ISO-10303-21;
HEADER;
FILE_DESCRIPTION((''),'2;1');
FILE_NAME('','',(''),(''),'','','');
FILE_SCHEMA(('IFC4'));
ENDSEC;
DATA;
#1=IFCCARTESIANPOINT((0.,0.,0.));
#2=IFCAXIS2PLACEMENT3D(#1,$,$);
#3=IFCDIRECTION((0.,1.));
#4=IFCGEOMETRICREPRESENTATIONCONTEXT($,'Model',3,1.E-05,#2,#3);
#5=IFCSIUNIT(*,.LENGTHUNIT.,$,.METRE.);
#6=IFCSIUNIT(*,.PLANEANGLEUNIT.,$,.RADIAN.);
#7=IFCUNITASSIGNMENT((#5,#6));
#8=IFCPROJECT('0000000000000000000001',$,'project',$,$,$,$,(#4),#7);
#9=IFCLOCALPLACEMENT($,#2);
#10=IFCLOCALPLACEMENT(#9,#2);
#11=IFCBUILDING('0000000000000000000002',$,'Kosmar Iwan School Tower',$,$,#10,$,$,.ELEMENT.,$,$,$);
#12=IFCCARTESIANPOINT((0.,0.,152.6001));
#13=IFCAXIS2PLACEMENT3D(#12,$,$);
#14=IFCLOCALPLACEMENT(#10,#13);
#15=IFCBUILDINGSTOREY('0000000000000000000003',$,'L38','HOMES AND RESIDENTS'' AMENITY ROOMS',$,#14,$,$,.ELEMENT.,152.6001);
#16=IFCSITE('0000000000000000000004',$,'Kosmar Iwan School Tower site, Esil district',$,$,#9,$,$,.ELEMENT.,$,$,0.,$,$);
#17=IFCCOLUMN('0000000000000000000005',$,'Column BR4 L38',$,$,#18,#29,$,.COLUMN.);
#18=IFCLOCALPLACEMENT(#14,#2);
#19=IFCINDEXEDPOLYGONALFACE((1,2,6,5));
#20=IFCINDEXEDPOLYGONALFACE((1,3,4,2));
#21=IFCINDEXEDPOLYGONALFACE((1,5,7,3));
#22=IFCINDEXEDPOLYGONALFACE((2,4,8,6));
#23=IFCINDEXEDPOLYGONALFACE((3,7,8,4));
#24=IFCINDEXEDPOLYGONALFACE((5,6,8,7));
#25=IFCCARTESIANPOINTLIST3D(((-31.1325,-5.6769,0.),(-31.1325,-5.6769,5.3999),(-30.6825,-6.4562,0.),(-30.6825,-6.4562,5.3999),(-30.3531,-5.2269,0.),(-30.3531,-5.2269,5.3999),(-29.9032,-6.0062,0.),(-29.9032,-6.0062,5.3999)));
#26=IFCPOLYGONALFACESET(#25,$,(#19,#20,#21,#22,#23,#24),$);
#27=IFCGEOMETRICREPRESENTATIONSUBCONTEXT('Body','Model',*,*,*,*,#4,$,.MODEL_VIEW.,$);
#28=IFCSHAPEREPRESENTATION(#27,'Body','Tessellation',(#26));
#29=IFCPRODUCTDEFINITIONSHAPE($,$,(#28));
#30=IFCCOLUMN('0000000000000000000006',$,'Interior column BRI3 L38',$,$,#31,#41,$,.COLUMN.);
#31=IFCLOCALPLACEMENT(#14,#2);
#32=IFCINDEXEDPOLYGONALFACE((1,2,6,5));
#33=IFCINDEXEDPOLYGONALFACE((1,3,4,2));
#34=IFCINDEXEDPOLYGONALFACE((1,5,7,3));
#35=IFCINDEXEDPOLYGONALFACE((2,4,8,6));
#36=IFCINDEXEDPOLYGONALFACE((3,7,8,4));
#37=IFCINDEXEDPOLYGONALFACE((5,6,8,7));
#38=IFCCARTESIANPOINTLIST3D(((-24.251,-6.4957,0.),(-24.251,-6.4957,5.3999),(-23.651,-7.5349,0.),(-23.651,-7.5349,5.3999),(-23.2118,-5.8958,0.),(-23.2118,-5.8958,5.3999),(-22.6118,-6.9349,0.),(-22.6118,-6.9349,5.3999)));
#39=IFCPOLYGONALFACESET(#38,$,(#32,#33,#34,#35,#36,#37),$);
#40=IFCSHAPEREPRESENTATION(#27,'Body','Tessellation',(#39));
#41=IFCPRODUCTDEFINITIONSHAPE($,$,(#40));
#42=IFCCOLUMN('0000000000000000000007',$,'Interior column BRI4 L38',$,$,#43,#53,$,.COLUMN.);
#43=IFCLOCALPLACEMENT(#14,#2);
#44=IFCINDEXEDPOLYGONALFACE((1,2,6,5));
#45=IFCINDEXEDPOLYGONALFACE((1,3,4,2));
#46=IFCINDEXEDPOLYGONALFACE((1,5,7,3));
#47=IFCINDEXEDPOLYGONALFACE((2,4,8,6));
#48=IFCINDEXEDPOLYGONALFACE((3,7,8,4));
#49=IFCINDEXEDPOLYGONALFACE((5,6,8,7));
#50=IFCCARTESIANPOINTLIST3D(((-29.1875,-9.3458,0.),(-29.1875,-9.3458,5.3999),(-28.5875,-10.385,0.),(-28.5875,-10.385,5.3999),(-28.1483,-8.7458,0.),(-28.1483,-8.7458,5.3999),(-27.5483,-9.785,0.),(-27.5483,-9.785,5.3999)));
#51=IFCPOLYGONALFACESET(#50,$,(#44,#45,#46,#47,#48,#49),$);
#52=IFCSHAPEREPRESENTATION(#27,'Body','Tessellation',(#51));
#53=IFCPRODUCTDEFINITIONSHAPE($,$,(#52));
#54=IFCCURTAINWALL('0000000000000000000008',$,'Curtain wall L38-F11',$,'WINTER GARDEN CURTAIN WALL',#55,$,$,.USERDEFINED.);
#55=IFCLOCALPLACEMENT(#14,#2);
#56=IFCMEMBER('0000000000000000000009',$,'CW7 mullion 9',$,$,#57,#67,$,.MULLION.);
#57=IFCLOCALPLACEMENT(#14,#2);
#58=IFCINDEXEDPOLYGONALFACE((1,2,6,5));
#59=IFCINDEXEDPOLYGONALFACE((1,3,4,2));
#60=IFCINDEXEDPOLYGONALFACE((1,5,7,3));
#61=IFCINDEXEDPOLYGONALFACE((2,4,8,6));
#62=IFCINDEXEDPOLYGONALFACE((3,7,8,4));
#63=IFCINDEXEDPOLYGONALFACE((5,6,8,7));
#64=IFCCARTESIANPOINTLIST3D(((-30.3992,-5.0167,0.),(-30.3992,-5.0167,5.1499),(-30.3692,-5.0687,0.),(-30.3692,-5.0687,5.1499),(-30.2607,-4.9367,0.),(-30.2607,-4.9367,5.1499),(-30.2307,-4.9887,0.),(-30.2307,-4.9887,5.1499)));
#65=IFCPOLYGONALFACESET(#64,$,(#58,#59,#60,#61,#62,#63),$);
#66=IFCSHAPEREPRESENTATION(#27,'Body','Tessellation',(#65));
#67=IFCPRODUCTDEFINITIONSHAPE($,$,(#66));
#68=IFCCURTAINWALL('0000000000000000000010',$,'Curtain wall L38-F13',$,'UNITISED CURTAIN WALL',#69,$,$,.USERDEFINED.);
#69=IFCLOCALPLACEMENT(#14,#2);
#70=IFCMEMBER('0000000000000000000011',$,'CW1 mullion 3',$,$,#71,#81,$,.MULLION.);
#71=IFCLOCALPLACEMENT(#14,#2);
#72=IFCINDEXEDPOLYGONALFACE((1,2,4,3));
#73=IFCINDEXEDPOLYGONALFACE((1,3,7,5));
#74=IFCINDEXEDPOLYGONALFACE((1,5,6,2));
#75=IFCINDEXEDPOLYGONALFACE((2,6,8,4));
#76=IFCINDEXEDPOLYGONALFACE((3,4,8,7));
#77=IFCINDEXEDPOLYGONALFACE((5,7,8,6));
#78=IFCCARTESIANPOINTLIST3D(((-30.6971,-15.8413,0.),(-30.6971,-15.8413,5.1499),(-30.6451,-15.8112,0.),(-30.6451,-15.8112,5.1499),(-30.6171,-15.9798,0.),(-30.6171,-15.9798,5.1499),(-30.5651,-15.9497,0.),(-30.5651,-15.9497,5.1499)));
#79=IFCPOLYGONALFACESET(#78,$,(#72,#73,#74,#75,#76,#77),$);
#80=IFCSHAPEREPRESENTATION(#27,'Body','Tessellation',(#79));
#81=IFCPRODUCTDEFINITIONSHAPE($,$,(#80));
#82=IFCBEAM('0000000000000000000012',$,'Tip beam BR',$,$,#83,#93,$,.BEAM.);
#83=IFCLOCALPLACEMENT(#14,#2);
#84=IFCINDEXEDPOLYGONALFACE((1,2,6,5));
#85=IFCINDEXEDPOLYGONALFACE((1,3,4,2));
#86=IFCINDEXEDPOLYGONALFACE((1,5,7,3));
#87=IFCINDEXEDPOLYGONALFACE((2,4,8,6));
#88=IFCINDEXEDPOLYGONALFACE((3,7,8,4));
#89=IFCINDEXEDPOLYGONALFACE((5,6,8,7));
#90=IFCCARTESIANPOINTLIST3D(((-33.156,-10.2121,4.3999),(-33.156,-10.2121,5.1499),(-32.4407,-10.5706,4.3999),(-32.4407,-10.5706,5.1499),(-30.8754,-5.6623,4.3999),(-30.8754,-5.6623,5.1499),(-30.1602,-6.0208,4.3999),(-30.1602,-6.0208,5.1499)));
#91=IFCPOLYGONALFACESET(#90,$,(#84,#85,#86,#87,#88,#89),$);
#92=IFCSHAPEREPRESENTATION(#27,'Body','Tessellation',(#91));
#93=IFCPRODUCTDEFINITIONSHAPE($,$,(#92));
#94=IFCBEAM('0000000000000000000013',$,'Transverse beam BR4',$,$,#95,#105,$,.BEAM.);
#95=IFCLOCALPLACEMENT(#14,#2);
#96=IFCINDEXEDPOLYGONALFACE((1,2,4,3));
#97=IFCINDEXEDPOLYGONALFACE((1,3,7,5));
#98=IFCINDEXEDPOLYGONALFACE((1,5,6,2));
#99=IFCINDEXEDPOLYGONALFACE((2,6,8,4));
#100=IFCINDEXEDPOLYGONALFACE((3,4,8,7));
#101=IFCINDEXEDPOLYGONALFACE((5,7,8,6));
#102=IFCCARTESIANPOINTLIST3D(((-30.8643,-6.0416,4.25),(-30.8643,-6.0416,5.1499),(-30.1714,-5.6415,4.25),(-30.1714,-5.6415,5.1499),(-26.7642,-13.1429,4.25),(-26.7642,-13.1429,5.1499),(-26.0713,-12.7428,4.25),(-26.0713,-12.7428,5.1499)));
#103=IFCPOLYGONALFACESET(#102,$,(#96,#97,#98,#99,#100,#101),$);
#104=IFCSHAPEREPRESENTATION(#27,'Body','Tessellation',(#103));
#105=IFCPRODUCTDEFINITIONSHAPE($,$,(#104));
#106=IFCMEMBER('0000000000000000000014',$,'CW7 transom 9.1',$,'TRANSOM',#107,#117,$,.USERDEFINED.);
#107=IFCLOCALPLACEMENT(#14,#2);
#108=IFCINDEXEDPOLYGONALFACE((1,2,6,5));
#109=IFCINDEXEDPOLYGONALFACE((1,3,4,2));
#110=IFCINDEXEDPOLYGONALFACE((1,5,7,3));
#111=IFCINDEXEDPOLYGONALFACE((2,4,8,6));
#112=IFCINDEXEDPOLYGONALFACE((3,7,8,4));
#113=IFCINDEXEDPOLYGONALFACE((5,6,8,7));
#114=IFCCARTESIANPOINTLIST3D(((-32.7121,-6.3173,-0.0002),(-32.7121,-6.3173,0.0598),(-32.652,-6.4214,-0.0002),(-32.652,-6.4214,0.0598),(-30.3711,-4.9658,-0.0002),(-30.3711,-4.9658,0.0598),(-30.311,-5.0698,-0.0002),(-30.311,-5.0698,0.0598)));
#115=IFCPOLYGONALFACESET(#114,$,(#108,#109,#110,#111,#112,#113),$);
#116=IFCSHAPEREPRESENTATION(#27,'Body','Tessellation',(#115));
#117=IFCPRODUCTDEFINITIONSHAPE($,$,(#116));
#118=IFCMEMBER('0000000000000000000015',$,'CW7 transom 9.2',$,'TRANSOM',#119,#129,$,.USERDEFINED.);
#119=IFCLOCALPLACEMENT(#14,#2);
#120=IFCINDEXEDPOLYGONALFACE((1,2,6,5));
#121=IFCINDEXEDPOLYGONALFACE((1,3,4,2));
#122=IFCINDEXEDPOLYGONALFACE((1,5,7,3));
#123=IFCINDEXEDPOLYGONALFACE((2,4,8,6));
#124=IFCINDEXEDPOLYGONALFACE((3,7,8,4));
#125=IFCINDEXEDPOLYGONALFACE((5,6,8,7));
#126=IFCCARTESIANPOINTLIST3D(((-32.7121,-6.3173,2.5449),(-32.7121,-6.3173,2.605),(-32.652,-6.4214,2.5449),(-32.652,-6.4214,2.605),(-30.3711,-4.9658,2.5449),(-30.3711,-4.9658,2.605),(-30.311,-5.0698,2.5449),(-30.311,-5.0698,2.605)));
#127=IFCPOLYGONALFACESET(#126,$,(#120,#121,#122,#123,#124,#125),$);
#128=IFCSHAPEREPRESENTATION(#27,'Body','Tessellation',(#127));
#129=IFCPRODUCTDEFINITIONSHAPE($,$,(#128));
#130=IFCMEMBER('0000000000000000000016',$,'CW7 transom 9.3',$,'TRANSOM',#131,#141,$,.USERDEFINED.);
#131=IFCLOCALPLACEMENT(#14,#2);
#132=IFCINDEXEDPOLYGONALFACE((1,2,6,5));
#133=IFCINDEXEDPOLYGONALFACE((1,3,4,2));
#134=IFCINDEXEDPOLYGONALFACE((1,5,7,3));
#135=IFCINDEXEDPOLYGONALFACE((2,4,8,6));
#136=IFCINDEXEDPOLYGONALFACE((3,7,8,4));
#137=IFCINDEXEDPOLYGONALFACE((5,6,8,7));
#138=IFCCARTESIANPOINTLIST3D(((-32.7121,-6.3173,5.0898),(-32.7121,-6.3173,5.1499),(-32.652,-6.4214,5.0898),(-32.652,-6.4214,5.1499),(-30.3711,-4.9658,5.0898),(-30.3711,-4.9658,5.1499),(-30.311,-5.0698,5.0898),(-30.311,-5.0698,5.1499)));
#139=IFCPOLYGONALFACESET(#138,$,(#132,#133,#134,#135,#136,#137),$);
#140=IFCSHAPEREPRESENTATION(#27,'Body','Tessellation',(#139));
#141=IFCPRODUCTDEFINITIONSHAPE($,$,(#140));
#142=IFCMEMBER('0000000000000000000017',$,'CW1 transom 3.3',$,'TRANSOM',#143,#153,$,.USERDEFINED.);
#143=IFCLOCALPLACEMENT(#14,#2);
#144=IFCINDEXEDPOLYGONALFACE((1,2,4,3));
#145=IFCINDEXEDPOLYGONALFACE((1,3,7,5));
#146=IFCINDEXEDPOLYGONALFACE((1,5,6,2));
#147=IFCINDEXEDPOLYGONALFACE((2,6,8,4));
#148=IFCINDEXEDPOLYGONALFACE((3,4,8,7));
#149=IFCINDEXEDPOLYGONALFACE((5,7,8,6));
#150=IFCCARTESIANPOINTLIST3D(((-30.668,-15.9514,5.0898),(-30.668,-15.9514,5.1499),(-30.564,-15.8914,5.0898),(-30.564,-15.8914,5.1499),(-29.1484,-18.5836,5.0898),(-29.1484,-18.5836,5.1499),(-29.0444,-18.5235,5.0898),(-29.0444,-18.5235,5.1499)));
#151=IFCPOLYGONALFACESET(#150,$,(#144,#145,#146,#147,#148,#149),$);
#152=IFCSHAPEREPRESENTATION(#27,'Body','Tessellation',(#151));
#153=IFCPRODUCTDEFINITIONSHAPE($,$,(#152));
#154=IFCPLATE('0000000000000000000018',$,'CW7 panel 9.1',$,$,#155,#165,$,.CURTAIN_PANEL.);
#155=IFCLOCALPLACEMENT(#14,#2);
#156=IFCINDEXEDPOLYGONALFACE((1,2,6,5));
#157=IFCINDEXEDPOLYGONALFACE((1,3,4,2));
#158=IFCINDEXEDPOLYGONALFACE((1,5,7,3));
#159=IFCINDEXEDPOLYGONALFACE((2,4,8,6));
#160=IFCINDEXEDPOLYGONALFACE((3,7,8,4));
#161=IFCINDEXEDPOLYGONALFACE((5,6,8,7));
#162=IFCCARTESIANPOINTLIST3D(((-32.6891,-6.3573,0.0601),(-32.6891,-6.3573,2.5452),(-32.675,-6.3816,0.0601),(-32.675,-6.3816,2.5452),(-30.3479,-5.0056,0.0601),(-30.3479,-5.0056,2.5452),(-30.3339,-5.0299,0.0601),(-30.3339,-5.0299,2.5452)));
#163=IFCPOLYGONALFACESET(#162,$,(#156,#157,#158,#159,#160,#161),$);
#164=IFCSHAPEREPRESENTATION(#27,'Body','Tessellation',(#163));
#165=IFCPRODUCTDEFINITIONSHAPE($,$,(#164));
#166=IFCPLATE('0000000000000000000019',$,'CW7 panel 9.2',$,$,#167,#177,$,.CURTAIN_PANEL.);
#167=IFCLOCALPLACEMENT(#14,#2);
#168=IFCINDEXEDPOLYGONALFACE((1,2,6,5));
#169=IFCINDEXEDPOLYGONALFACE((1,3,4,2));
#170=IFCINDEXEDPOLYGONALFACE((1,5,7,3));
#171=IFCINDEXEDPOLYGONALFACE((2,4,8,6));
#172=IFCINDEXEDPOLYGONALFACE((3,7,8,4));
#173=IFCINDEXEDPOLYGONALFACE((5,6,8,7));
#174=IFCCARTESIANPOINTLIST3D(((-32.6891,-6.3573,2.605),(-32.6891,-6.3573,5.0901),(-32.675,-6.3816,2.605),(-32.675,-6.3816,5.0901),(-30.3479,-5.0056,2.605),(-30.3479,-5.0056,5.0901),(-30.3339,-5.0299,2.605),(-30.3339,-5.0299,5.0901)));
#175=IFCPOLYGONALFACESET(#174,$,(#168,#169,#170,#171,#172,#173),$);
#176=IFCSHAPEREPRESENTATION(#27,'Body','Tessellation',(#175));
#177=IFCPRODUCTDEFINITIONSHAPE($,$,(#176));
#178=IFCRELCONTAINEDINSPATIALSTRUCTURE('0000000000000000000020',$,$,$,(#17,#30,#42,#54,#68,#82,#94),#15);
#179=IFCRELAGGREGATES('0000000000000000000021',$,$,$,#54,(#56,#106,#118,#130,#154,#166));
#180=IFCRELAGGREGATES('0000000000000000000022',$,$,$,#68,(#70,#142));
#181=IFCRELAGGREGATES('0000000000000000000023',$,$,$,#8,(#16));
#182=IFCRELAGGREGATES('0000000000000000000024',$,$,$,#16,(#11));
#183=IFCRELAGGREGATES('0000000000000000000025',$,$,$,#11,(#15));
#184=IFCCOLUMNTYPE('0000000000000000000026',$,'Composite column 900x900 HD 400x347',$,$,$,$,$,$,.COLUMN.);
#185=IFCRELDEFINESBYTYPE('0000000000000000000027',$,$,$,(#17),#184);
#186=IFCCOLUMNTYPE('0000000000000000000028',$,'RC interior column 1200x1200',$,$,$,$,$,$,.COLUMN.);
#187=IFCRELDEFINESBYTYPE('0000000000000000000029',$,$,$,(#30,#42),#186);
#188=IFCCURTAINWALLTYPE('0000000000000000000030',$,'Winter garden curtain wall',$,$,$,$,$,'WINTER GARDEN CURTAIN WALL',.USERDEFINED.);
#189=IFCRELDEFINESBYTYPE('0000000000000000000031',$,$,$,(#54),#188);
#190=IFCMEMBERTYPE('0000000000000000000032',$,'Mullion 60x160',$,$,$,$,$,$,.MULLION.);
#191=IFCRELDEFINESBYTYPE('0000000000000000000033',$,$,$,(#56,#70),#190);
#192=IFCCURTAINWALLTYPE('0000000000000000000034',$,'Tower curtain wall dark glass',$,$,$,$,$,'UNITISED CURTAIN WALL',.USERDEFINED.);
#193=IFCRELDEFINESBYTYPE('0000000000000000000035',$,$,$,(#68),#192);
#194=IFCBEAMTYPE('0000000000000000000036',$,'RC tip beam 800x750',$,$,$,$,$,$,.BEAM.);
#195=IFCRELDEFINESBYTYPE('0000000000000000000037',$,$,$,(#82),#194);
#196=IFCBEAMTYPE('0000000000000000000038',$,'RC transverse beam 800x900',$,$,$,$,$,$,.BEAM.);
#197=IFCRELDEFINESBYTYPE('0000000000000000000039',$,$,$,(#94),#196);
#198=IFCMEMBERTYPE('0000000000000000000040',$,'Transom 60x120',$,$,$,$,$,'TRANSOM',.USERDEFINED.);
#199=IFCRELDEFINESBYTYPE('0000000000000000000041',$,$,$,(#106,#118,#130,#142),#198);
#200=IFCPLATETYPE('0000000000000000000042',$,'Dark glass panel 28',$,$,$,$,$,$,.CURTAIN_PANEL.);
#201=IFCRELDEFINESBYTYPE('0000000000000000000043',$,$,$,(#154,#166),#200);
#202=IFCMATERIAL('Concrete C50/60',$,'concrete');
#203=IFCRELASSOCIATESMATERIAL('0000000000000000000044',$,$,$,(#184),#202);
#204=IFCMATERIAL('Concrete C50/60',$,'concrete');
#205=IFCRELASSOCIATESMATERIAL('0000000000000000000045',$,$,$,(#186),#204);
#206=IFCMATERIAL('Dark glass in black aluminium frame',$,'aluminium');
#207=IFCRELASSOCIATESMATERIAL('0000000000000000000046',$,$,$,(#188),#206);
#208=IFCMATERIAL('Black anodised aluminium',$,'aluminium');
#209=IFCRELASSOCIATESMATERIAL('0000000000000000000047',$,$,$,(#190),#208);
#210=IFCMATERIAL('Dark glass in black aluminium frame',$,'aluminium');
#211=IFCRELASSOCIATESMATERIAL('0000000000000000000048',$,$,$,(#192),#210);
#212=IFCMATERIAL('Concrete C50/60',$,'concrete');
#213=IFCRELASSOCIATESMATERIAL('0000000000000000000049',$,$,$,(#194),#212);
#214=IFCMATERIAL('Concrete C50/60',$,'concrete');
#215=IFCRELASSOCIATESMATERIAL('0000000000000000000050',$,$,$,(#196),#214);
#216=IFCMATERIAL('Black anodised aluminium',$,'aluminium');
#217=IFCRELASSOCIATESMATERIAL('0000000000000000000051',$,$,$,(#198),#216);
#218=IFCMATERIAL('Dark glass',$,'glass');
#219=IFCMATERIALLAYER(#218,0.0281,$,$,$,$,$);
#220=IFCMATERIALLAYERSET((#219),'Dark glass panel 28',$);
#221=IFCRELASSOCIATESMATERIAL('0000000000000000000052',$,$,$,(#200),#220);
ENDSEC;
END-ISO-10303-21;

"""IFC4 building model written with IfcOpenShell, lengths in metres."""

from ifc_helpers import new_model, si_unit, direction, frame, origin, origin_2d, place, context, subcontext, project, spatial, rectangle, extrude, material, layer, layer_set, material_profile, profile_set, type_object, element, aggregate, save


model = new_model("IFC4")

# Units and contexts
model_context = context("Model", 3, precision=1e-05, world=origin(), true_north=direction((0.0, 1.0)))
body_context = subcontext(model_context, "Body", "Model", "MODEL_VIEW")
ifc_project = project(units=[si_unit("LENGTHUNIT", "METRE"), si_unit("PLANEANGLEUNIT", "RADIAN")], contexts=[model_context])

# Site, building, storey
site_placement = place(None, origin())
site = spatial("IfcSite", under=ifc_project, at=site_placement, Name="Kosmar Iwan School Tower site, Esil district", CompositionType="ELEMENT", RefElevation=0.0)
building_placement = place(site_placement, origin())
building = spatial("IfcBuilding", under=site, at=building_placement, Name="Kosmar Iwan School Tower", CompositionType="ELEMENT")
storey_placement = place(building_placement, frame((0.0, 0.0, 152.6001)))
storey = spatial("IfcBuildingStorey", under=building, at=storey_placement, Name="L38", Description="HOMES AND RESIDENTS' AMENITY ROOMS", CompositionType="ELEMENT", Elevation=152.6001)

# Columns
ifc_material_1 = material(Name="Concrete C50/60", Category="concrete")
ifc_material_profile_1 = material_profile(ifc_material_1, rectangle(XDim=0.8999, YDim=0.8999, at=origin_2d()), Name="RC 900x900 + HD 400x347")
ifc_profile_set_1 = profile_set([ifc_material_profile_1], Name="Concrete C50/60")
column_type_1 = type_object("IfcColumnType", Name="Composite column 900x900 HD 400x347", PredefinedType="COLUMN", material=ifc_profile_set_1)
column_placement = place(storey_placement, frame((-30.5178, -5.8416, 0.0), z_axis=(0.0, 0.0, 1.0), x_axis=(-0.866025, -0.5, 0.0)))
element("IfcColumn", 1, at=column_placement, inside=storey, type_object=column_type_1, Name="Column BR4 L38", PredefinedType="COLUMN", context=body_context, shape_type="SweptSolid", body=[
    extrude(rectangle(XDim=0.8999, YDim=0.8999, at=origin_2d()), origin(), (0.0, 0.0, 1.0), 5.3999),
])
ifc_material_2 = material(Name="Concrete C50/60", Category="concrete")
ifc_material_profile_2 = material_profile(ifc_material_2, rectangle(XDim=1.2, YDim=1.2, at=origin_2d()), Name="RC 1200x1200")
ifc_profile_set_2 = profile_set([ifc_material_profile_2], Name="Concrete C50/60")
column_type_2 = type_object("IfcColumnType", Name="RC interior column 1200x1200", PredefinedType="COLUMN", material=ifc_profile_set_2)
for number, where, z_axis, x_axis, name in (
    (2, (-23.4314, -6.7153, 0.0), (0.0, 0.0, 1.0), (-0.866025, -0.5, 0.0), "Interior column BRI3 L38"),
    (3, (-28.3679, -9.5654, 0.0), (0.0, 0.0, 1.0), (-0.866025, -0.5, 0.0), "Interior column BRI4 L38"),
):
    element("IfcColumn", number, at=place(storey_placement, frame(where, z_axis=z_axis, x_axis=x_axis)), inside=storey, type_object=column_type_2, Name=name, PredefinedType="COLUMN", context=body_context, shape_type="SweptSolid", body=[
        extrude(rectangle(XDim=1.2, YDim=1.2, at=origin_2d()), origin(), (0.0, 0.0, 1.0), 5.3999),
    ])

# Curtain walls, members
ifc_material_3 = material(Name="Dark glass in black aluminium frame", Category="aluminium")
curtain_wall_type_1 = type_object("IfcCurtainWallType", Name="Winter garden curtain wall", ElementType="WINTER GARDEN CURTAIN WALL", PredefinedType="USERDEFINED", material=ifc_material_3)
curtain_wall_1_placement = place(storey_placement, origin())
curtain_wall_1 = element("IfcCurtainWall", 4, at=curtain_wall_1_placement, inside=storey, type_object=curtain_wall_type_1, Name="Curtain wall L38-F11", ObjectType="WINTER GARDEN CURTAIN WALL", PredefinedType="USERDEFINED")
ifc_material_4 = material(Name="Black anodised aluminium", Category="aluminium")
ifc_material_profile_3 = material_profile(ifc_material_4, rectangle(XDim=0.0601, YDim=0.1599, at=origin_2d()), Name="MULLION 60x160")
ifc_profile_set_3 = profile_set([ifc_material_profile_3], Name="Black anodised aluminium")
member_type_1 = type_object("IfcMemberType", Name="Mullion 60x160", PredefinedType="MULLION", material=ifc_profile_set_3)
member_1_placement = place(storey_placement, frame((-30.3149, -5.0027, 0.0), z_axis=(0.0, 0.0, 1.0), x_axis=(0.5, -0.866025, 0.0)))
member_1 = element("IfcMember", 5, at=member_1_placement, type_object=member_type_1, Name="CW7 mullion 9", PredefinedType="MULLION", context=body_context, shape_type="SweptSolid", body=[
    extrude(rectangle(XDim=0.0601, YDim=0.1599, at=origin_2d()), origin(), (0.0, 0.0, 1.0), 5.1499),
])
ifc_material_5 = material(Name="Dark glass in black aluminium frame", Category="aluminium")
curtain_wall_type_2 = type_object("IfcCurtainWallType", Name="Tower curtain wall dark glass", ElementType="UNITISED CURTAIN WALL", PredefinedType="USERDEFINED", material=ifc_material_5)
curtain_wall_2_placement = place(storey_placement, origin())
curtain_wall_2 = element("IfcCurtainWall", 6, at=curtain_wall_2_placement, inside=storey, type_object=curtain_wall_type_2, Name="Curtain wall L38-F13", ObjectType="UNITISED CURTAIN WALL", PredefinedType="USERDEFINED")
member_2_placement = place(storey_placement, frame((-30.6311, -15.8955, 0.0), z_axis=(0.0, 0.0, 1.0), x_axis=(0.866025, 0.5, 0.0)))
member_2 = element("IfcMember", 7, at=member_2_placement, type_object=member_type_1, Name="CW1 mullion 3", PredefinedType="MULLION", context=body_context, shape_type="SweptSolid", body=[
    extrude(rectangle(XDim=0.0601, YDim=0.1599, at=origin_2d()), origin(), (0.0, 0.0, 1.0), 5.1499),
])

# Beams
ifc_material_6 = material(Name="Concrete C50/60", Category="concrete")
ifc_material_profile_4 = material_profile(ifc_material_6, rectangle(XDim=0.8, YDim=0.75, at=origin_2d()), Name="RC 800x750")
ifc_profile_set_4 = profile_set([ifc_material_profile_4], Name="Concrete C50/60")
beam_type_1 = type_object("IfcBeamType", Name="RC tip beam 800x750", PredefinedType="BEAM", material=ifc_profile_set_4)
beam_1_placement = place(storey_placement, frame((-30.5178, -5.8416, 4.7749), z_axis=(-0.448096, -0.893985, 0.0), x_axis=(0.893985, -0.448096, 0.0)))
element("IfcBeam", 8, at=beam_1_placement, inside=storey, type_object=beam_type_1, Name="Tip beam BR", PredefinedType="BEAM", context=body_context, shape_type="SweptSolid", body=[
    extrude(rectangle(XDim=0.8, YDim=0.75, at=origin_2d()), origin(), (0.0, 0.0, 1.0), 5.0894),
])
ifc_material_7 = material(Name="Concrete C50/60", Category="concrete")
ifc_material_profile_5 = material_profile(ifc_material_7, rectangle(XDim=0.8, YDim=0.8999, at=origin_2d()), Name="RC 800x900")
ifc_profile_set_5 = profile_set([ifc_material_profile_5], Name="Concrete C50/60")
beam_type_2 = type_object("IfcBeamType", Name="RC transverse beam 800x900", PredefinedType="BEAM", material=ifc_profile_set_5)
beam_2_placement = place(storey_placement, frame((-30.5178, -5.8416, 4.7), z_axis=(0.500014, -0.866018, 0.0), x_axis=(0.866018, 0.500014, 0.0)))
element("IfcBeam", 9, at=beam_2_placement, inside=storey, type_object=beam_type_2, Name="Transverse beam BR4", PredefinedType="BEAM", context=body_context, shape_type="SweptSolid", body=[
    extrude(rectangle(XDim=0.8, YDim=0.8999, at=origin_2d()), origin(), (0.0, 0.0, 1.0), 8.2),
])

# Members
ifc_material_8 = material(Name="Black anodised aluminium", Category="aluminium")
ifc_material_profile_6 = material_profile(ifc_material_8, rectangle(XDim=0.1201, YDim=0.0601, at=origin_2d()), Name="TRANSOM 60x120")
ifc_profile_set_6 = profile_set([ifc_material_profile_6], Name="Black anodised aluminium")
member_type_2 = type_object("IfcMemberType", Name="Transom 60x120", ElementType="TRANSOM", PredefinedType="USERDEFINED", material=ifc_profile_set_6)
member_3_placement = place(storey_placement, frame((-30.3411, -5.0178, 0.0298), z_axis=(-0.866034, -0.499986, 0.0), x_axis=(0.499986, -0.866034, 0.0)))
member_3 = element("IfcMember", 10, at=member_3_placement, type_object=member_type_2, Name="CW7 transom 9.1", ObjectType="TRANSOM", PredefinedType="USERDEFINED", context=body_context, shape_type="SweptSolid", body=[
    extrude(rectangle(XDim=0.1201, YDim=0.0601, at=origin_2d()), origin(), (0.0, 0.0, 1.0), 2.7031),
])
member_4_placement = place(storey_placement, frame((-30.3411, -5.0178, 2.575), z_axis=(-0.866034, -0.499986, 0.0), x_axis=(0.499986, -0.866034, 0.0)))
member_4 = element("IfcMember", 11, at=member_4_placement, type_object=member_type_2, Name="CW7 transom 9.2", ObjectType="TRANSOM", PredefinedType="USERDEFINED", context=body_context, shape_type="SweptSolid", body=[
    extrude(rectangle(XDim=0.1201, YDim=0.0601, at=origin_2d()), origin(), (0.0, 0.0, 1.0), 2.7031),
])
member_5_placement = place(storey_placement, frame((-30.3411, -5.0178, 5.1199), z_axis=(-0.866034, -0.499986, 0.0), x_axis=(0.499986, -0.866034, 0.0)))
member_5 = element("IfcMember", 12, at=member_5_placement, type_object=member_type_2, Name="CW7 transom 9.3", ObjectType="TRANSOM", PredefinedType="USERDEFINED", context=body_context, shape_type="SweptSolid", body=[
    extrude(rectangle(XDim=0.1201, YDim=0.0601, at=origin_2d()), origin(), (0.0, 0.0, 1.0), 2.7031),
])
member_6_placement = place(storey_placement, frame((-30.616, -15.9214, 5.1199), z_axis=(0.499975, -0.86604, 0.0), x_axis=(0.86604, 0.499975, 0.0)))
member_6 = element("IfcMember", 13, at=member_6_placement, type_object=member_type_2, Name="CW1 transom 3.3", ObjectType="TRANSOM", PredefinedType="USERDEFINED", context=body_context, shape_type="SweptSolid", body=[
    extrude(rectangle(XDim=0.1201, YDim=0.0601, at=origin_2d()), origin(), (0.0, 0.0, 1.0), 3.0393),
])

# Plates
ifc_material_9 = material(Name="Dark glass", Category="glass")
ifc_layer_1 = layer(ifc_material_9, 0.0281)
ifc_layer_set_1 = layer_set([ifc_layer_1], Name="Dark glass panel 28")
plate_type = type_object("IfcPlateType", Name="Dark glass panel 28", PredefinedType="CURTAIN_PANEL", material=ifc_layer_set_1)
plate_1_placement = place(storey_placement, frame((-31.5115, -5.6936, 0.0601), z_axis=(0.0, 0.0, 1.0), x_axis=(-0.866025, -0.5, 0.0)))
plate_1 = element("IfcPlate", 14, at=plate_1_placement, type_object=plate_type, Name="CW7 panel 9.1", PredefinedType="CURTAIN_PANEL", context=body_context, shape_type="SweptSolid", body=[
    extrude(rectangle(XDim=2.7034, YDim=0.0281, at=origin_2d()), origin(), (0.0, 0.0, 1.0), 2.4851),
])
plate_2_placement = place(storey_placement, frame((-31.5115, -5.6936, 2.605), z_axis=(0.0, 0.0, 1.0), x_axis=(-0.866025, -0.5, 0.0)))
plate_2 = element("IfcPlate", 15, at=plate_2_placement, type_object=plate_type, Name="CW7 panel 9.2", PredefinedType="CURTAIN_PANEL", context=body_context, shape_type="SweptSolid", body=[
    extrude(rectangle(XDim=2.7034, YDim=0.0281, at=origin_2d()), origin(), (0.0, 0.0, 1.0), 2.4851),
])
aggregate(curtain_wall_1, [member_1, member_3, member_4, member_5, plate_1, plate_2])
aggregate(curtain_wall_2, [member_2, member_6])

save(model, "model.ifc")
